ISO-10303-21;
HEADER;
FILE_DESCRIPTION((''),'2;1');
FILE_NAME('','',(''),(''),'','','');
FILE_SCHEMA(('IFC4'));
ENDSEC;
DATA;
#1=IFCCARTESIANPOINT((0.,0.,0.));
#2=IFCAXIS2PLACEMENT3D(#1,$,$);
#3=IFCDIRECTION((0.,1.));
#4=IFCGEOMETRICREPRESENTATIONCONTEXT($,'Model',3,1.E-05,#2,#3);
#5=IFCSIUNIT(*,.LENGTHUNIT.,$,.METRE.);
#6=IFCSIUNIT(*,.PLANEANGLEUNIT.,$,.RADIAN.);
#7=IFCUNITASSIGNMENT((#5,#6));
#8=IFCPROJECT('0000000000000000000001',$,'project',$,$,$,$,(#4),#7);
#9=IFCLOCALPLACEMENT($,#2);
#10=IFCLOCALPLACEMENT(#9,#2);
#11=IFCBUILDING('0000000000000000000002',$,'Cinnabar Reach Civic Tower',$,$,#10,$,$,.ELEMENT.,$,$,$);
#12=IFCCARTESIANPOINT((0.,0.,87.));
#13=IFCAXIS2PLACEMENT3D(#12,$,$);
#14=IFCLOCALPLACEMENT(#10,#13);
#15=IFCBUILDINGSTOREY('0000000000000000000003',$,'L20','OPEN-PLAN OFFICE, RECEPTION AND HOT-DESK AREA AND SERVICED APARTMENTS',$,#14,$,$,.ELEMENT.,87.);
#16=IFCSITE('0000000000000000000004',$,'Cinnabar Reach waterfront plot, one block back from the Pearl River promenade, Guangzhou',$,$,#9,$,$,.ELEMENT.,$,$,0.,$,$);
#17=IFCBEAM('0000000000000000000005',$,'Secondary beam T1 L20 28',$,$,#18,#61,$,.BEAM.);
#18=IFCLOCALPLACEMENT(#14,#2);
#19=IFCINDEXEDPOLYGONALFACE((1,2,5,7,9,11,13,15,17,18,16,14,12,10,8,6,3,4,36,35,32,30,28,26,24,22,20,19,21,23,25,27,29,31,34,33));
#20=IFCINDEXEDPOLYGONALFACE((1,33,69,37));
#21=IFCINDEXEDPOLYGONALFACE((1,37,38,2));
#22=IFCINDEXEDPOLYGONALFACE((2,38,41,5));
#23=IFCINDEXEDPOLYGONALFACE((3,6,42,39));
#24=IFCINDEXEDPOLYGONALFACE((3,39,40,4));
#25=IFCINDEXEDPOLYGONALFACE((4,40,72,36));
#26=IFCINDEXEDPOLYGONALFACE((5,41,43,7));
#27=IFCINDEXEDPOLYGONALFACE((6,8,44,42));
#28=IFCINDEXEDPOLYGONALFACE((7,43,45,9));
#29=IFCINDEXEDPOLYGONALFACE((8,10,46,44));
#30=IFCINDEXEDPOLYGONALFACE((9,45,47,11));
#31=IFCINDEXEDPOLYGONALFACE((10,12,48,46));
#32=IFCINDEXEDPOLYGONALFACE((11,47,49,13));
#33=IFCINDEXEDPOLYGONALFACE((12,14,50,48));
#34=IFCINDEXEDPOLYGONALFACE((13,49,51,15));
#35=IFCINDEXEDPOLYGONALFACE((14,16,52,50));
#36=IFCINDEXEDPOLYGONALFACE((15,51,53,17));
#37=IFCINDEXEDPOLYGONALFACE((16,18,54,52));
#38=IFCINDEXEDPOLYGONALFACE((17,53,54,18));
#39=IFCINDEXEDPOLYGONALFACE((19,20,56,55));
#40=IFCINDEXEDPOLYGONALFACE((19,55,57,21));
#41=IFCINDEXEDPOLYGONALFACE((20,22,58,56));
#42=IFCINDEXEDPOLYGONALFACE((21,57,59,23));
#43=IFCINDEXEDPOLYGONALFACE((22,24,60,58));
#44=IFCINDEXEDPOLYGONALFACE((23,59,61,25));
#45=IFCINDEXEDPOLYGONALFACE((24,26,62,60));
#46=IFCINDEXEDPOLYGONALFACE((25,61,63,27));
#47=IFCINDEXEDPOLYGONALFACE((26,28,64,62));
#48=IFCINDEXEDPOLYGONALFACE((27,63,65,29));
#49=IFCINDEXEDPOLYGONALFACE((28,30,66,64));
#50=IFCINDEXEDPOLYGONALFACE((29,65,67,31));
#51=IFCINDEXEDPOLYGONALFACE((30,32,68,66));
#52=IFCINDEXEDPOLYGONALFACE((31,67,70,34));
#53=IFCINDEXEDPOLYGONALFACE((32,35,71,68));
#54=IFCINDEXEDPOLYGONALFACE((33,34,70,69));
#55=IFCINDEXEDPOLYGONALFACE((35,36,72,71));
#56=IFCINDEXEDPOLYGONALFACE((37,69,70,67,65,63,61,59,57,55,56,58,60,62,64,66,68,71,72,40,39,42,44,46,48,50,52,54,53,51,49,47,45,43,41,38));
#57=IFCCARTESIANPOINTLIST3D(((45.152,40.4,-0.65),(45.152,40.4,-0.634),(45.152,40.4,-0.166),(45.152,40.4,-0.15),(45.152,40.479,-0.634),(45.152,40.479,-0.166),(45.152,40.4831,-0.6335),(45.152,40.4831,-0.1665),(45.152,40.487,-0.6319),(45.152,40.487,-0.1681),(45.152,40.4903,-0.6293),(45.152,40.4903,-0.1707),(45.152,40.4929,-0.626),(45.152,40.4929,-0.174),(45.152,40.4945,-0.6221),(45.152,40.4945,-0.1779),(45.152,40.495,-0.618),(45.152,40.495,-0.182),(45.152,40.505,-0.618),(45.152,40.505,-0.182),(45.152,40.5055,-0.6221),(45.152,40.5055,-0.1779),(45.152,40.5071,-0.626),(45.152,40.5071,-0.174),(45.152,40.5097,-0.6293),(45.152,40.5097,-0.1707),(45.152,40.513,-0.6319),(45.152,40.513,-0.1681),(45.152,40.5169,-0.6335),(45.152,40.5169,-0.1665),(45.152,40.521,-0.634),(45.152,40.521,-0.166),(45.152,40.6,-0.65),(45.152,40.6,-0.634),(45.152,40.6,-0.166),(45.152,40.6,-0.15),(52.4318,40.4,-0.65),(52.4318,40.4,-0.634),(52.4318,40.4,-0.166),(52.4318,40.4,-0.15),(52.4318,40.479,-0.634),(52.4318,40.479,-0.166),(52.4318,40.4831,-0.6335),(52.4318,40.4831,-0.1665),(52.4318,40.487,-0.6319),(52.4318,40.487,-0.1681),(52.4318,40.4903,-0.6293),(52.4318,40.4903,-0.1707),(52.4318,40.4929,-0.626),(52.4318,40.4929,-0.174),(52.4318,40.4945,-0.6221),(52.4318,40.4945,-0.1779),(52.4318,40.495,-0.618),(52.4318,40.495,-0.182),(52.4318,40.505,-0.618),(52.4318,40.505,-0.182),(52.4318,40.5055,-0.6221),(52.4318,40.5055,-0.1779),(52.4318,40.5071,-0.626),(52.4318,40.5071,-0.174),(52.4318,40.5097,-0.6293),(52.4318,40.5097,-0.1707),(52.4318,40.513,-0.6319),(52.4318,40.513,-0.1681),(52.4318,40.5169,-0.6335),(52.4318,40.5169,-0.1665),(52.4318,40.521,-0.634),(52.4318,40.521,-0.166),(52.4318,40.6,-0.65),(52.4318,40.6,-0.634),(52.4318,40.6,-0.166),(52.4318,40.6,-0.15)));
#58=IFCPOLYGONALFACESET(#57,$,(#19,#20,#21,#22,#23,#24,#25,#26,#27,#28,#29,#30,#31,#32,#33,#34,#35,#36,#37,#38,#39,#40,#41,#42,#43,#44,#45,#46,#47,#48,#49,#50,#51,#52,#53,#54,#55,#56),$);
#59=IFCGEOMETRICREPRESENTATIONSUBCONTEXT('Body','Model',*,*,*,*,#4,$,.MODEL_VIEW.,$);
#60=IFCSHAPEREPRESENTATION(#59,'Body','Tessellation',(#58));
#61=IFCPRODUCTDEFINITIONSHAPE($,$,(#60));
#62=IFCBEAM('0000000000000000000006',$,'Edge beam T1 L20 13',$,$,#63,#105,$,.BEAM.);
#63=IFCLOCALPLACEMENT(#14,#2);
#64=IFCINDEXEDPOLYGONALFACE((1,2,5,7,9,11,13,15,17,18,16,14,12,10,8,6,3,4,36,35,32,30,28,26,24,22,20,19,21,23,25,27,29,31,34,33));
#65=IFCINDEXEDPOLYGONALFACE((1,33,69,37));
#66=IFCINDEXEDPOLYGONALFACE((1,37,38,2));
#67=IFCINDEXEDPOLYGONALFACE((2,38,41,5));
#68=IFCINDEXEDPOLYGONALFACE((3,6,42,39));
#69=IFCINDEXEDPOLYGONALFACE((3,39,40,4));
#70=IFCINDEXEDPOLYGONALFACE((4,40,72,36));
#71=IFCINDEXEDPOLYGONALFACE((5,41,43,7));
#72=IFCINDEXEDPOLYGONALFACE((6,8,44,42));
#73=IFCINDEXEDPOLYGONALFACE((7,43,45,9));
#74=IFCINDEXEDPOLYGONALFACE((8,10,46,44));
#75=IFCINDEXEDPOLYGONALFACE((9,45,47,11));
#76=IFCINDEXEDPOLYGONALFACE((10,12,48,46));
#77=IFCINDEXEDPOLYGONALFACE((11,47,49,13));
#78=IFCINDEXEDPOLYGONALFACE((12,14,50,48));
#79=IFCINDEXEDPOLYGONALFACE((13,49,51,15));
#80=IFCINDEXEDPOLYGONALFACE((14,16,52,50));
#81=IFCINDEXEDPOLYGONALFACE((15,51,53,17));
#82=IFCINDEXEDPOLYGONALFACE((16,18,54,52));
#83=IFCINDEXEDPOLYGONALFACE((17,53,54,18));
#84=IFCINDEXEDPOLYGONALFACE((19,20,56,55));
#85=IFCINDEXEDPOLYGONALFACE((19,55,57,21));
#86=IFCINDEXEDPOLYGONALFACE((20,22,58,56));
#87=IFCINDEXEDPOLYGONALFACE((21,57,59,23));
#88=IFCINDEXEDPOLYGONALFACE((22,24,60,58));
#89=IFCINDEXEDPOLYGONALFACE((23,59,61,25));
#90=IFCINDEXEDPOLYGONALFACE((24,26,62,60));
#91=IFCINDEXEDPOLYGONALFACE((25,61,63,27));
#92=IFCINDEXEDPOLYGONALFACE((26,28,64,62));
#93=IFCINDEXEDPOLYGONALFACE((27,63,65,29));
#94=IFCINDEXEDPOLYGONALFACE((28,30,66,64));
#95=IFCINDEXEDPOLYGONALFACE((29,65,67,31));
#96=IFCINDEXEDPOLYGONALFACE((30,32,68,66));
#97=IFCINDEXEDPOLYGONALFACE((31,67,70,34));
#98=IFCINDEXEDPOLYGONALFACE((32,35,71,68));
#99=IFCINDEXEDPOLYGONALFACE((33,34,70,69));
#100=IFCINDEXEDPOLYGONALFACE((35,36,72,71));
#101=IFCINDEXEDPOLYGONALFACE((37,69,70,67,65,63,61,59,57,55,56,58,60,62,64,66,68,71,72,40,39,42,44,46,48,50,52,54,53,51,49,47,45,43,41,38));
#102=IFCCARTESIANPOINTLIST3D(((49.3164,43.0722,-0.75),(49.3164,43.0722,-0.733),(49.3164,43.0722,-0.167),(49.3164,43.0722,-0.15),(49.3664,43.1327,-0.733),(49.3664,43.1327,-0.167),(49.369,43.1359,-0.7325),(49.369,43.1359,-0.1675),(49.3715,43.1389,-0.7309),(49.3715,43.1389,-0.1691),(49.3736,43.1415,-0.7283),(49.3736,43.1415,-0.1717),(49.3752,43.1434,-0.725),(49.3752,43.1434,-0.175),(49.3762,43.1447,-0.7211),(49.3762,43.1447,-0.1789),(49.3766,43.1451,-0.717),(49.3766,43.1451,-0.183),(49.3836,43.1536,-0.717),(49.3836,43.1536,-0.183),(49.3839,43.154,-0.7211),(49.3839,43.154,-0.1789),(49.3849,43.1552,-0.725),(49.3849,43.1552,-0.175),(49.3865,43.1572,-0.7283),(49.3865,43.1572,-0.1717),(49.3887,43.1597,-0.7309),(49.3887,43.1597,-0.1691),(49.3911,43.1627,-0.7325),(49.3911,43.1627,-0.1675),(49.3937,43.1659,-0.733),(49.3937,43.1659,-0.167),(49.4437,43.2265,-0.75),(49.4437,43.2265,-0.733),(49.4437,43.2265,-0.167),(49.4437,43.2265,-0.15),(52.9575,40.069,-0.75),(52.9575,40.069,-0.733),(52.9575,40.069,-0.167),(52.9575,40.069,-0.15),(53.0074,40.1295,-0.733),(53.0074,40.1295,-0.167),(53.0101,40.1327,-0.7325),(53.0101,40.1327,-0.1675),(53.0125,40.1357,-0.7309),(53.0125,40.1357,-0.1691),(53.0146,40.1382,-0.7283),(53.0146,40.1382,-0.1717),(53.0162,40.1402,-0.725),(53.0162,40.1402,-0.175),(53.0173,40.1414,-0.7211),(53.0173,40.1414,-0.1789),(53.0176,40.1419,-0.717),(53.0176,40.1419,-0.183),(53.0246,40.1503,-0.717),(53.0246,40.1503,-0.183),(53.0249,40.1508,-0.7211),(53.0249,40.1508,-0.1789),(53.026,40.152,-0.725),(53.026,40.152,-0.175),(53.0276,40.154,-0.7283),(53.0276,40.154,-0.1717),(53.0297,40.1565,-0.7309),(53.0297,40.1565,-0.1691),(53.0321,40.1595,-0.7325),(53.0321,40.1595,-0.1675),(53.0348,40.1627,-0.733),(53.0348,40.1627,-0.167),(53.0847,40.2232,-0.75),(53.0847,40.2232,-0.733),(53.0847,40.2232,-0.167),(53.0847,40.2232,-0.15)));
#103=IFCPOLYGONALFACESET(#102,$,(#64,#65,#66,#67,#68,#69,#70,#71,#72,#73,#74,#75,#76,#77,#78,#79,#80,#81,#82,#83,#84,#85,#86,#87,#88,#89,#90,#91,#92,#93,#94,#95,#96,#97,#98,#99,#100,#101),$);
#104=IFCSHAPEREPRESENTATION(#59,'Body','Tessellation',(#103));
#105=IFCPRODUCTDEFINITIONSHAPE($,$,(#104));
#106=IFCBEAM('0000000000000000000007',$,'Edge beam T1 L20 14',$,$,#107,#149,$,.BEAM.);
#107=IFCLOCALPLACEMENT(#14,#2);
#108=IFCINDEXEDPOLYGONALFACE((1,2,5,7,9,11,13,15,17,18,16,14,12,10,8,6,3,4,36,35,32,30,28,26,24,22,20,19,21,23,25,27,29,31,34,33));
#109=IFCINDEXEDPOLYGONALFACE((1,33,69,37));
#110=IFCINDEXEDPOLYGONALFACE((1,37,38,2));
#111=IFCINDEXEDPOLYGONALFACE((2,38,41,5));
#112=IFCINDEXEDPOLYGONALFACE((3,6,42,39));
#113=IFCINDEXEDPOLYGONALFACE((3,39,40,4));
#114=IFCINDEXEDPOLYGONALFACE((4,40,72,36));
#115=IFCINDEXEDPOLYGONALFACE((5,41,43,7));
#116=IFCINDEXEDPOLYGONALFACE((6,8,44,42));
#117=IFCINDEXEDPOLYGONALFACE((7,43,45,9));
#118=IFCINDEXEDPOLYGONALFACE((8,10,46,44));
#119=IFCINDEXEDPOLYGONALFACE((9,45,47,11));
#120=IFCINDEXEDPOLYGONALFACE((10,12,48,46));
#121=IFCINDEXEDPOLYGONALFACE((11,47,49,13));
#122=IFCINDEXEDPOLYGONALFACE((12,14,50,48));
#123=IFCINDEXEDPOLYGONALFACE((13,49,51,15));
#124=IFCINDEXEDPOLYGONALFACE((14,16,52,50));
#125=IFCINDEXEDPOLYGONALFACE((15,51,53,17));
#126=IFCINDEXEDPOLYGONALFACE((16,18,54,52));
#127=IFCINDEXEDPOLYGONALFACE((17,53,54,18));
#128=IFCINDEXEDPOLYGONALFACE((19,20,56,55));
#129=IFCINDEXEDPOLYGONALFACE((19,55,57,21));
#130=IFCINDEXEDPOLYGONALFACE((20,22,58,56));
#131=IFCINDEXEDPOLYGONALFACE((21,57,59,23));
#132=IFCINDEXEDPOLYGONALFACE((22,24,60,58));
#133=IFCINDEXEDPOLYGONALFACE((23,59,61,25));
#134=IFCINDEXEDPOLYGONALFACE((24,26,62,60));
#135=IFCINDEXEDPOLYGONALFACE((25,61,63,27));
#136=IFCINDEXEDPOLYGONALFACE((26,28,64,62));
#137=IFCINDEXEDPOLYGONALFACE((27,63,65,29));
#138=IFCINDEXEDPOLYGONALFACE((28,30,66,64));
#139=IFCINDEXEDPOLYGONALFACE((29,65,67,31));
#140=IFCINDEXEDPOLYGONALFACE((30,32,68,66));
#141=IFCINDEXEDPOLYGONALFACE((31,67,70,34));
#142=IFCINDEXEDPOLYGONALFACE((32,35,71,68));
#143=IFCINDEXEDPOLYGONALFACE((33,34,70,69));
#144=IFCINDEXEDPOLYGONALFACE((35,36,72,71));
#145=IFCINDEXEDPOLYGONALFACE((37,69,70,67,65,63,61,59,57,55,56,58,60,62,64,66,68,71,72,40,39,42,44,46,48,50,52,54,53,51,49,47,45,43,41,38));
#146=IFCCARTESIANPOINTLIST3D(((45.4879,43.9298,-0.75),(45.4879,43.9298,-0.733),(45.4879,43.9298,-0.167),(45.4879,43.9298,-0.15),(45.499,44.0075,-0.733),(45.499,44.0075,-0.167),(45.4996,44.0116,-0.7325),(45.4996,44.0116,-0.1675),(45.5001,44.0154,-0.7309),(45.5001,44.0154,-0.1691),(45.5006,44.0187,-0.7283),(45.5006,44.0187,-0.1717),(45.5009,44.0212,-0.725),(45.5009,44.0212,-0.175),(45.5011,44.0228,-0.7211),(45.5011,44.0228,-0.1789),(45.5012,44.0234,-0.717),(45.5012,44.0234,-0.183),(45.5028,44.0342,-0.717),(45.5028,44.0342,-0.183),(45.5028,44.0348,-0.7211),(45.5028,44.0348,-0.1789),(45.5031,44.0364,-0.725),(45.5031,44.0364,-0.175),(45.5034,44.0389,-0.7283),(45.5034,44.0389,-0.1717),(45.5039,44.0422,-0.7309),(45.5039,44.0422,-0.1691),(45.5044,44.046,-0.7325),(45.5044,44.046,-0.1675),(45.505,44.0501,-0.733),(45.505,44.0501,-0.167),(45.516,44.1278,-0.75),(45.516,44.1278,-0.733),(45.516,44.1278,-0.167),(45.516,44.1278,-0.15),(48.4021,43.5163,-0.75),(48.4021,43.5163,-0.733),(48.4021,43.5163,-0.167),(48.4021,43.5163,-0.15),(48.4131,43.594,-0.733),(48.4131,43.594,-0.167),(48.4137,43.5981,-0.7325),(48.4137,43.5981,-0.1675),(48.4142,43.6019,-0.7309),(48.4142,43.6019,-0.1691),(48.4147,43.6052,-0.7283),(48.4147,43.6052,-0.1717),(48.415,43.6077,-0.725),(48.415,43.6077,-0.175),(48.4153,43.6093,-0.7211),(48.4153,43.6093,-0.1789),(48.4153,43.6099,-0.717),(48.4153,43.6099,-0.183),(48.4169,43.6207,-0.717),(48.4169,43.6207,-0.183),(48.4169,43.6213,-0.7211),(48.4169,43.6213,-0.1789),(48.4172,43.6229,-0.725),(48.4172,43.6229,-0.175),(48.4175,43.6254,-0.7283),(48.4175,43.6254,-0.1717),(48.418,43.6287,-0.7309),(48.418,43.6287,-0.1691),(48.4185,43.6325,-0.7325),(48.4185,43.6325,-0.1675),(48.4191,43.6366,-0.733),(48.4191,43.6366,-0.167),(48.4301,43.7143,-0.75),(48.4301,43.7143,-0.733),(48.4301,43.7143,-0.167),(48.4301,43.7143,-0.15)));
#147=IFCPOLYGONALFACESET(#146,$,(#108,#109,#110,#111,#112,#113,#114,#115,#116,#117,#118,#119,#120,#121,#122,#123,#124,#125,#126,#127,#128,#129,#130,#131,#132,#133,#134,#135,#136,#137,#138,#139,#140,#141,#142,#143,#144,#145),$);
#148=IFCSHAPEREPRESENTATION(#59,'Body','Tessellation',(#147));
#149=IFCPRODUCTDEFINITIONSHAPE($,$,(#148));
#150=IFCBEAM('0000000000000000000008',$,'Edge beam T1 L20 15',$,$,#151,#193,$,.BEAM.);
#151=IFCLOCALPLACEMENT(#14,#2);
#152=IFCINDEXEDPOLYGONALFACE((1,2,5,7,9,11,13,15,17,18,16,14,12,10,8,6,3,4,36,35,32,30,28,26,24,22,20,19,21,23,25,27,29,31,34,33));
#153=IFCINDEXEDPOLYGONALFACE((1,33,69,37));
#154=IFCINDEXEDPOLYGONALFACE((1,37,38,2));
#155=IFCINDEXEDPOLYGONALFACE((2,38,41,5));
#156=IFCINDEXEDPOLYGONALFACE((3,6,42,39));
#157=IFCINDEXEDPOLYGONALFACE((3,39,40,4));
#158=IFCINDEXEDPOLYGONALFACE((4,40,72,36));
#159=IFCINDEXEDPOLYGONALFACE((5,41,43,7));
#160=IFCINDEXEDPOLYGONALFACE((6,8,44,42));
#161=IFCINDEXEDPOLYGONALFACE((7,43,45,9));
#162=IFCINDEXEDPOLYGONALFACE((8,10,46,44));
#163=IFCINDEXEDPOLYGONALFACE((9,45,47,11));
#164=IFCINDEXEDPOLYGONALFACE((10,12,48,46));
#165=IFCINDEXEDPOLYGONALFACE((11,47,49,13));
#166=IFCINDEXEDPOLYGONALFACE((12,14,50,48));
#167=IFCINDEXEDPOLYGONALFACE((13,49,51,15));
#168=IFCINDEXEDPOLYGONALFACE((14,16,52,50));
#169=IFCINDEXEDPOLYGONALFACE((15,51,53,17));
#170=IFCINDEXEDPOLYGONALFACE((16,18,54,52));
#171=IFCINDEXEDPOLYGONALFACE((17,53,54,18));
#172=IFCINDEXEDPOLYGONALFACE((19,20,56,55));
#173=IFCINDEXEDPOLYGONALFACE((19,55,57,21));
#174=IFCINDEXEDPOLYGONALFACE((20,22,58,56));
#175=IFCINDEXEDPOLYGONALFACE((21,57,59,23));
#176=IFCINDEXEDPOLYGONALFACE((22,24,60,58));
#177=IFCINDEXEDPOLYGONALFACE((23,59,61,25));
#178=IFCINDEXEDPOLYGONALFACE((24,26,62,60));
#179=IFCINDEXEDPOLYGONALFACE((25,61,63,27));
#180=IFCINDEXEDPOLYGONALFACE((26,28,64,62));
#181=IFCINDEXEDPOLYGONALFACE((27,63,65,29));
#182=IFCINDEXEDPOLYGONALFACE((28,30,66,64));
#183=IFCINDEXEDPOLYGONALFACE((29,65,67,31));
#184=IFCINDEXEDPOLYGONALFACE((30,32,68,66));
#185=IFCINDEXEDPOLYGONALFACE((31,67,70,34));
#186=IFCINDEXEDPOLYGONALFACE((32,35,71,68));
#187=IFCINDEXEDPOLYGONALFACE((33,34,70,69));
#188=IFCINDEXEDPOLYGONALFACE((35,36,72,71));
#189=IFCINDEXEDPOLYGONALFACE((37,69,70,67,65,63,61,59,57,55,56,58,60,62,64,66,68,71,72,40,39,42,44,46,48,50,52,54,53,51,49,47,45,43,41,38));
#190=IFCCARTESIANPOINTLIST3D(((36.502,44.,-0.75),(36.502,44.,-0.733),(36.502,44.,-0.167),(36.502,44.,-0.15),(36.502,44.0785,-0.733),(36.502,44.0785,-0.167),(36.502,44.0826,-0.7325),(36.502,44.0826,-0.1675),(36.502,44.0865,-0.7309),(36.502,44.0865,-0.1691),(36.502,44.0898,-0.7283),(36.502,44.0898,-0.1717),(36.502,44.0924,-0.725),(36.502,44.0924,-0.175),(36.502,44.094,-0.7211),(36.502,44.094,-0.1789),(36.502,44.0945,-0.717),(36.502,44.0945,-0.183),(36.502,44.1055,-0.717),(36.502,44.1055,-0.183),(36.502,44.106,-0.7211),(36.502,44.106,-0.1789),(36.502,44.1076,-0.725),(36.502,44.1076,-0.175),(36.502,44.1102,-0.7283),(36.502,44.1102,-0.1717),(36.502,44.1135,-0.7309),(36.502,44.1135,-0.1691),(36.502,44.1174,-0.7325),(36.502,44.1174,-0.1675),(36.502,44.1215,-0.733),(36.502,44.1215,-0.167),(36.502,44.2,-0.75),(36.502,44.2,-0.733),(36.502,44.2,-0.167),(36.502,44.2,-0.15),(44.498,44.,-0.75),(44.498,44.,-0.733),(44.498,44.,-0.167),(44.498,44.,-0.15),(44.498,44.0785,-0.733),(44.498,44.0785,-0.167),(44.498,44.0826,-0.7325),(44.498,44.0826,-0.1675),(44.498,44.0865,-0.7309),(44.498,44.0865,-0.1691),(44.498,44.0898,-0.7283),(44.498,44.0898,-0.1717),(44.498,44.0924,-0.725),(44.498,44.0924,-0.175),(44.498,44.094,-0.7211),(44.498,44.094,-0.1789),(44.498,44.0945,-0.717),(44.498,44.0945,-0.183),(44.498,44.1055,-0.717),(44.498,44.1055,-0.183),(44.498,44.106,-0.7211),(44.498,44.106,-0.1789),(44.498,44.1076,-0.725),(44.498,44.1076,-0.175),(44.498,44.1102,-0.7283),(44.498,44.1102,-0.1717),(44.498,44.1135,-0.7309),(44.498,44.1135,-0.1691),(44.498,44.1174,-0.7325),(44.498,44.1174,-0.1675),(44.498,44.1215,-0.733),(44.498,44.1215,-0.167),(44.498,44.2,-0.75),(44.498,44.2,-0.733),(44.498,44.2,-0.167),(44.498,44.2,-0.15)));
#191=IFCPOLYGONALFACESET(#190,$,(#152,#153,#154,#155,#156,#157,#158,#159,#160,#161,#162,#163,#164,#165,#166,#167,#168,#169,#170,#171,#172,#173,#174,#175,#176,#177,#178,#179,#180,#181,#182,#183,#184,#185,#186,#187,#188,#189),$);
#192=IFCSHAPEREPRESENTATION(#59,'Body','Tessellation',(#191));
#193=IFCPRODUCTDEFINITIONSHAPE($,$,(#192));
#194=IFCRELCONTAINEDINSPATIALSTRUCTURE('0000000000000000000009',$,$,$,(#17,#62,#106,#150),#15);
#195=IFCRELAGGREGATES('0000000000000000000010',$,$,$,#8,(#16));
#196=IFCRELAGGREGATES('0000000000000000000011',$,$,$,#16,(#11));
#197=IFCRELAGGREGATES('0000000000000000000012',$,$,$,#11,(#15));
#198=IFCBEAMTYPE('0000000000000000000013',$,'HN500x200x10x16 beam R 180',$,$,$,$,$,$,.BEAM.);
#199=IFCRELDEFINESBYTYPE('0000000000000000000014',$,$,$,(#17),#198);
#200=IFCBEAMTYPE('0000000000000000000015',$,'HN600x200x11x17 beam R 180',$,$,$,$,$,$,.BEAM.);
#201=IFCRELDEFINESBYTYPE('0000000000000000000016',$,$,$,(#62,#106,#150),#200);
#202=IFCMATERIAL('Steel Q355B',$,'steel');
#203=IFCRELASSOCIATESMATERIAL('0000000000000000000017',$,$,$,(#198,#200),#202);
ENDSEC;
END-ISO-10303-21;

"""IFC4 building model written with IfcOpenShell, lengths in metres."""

from ifc_helpers import new_model, si_unit, direction, frame, origin, origin_2d, place, context, subcontext, project, spatial, i_section, extrude, material, material_profile, profile_set, type_object, element, save


model = new_model("IFC4")

# Units and contexts
model_context = context("Model", 3, precision=1e-05, world=origin(), true_north=direction((0.0, 1.0)))
body_context = subcontext(model_context, "Body", "Model", "MODEL_VIEW")
ifc_project = project(units=[si_unit("LENGTHUNIT", "METRE"), si_unit("PLANEANGLEUNIT", "RADIAN")], contexts=[model_context])

# Site, building, storey
site_placement = place(None, origin())
site = spatial("IfcSite", under=ifc_project, at=site_placement, Name="Cinnabar Reach waterfront plot, one block back from the Pearl River promenade, Guangzhou", CompositionType="ELEMENT", RefElevation=0.0)
building_placement = place(site_placement, origin())
building = spatial("IfcBuilding", under=site, at=building_placement, Name="Cinnabar Reach Civic Tower", CompositionType="ELEMENT")
storey_placement = place(building_placement, frame((0.0, 0.0, 87.0)))
storey = spatial("IfcBuildingStorey", under=building, at=storey_placement, Name="L20", Description="OPEN-PLAN OFFICE, RECEPTION AND HOT-DESK AREA AND SERVICED APARTMENTS", CompositionType="ELEMENT", Elevation=87.0)

# Beams
ifc_material_1 = material(Name="Steel Q355B", Category="steel")
ifc_material_profile_1 = material_profile(ifc_material_1, i_section(OverallWidth=0.2, OverallDepth=0.5, WebThickness=0.01, FlangeThickness=0.016, FilletRadius=0.016, at=origin_2d()), Name="HN500x200x10x16")
ifc_profile_set_1 = profile_set([ifc_material_profile_1], Name="Steel Q355B")
beam_type_1 = type_object("IfcBeamType", Name="HN500x200x10x16 beam R 180", PredefinedType="BEAM", material=ifc_profile_set_1)
beam_1_placement = place(storey_placement, frame((45.152, 40.5, -0.4), z_axis=(1.0, 0.0, 0.0), x_axis=(0.0, 1.0, 0.0)))
element("IfcBeam", 1, at=beam_1_placement, inside=storey, type_object=beam_type_1, Name="Secondary beam T1 L20 28", PredefinedType="BEAM", context=body_context, shape_type="SweptSolid", body=[
    extrude(i_section(OverallWidth=0.2, OverallDepth=0.5, WebThickness=0.01, FlangeThickness=0.016, FilletRadius=0.016, at=origin_2d()), origin(), (0.0, 0.0, 1.0), 7.2798),
])
ifc_material_profile_2 = material_profile(ifc_material_1, i_section(OverallWidth=0.2, OverallDepth=0.6, WebThickness=0.011, FlangeThickness=0.017, FilletRadius=0.016, at=origin_2d()), Name="HN600x200x11x17")
ifc_profile_set_2 = profile_set([ifc_material_profile_2], Name="Steel Q355B")
beam_type_2 = type_object("IfcBeamType", Name="HN600x200x11x17 beam R 180", PredefinedType="BEAM", material=ifc_profile_set_2)
beam_2_placement = place(storey_placement, frame((53.0211, 40.1461, -0.45), z_axis=(-0.771438, 0.636304, 0.0), x_axis=(-0.636304, -0.771438, 0.0)))
element("IfcBeam", 2, at=beam_2_placement, inside=storey, type_object=beam_type_2, Name="Edge beam T1 L20 13", PredefinedType="BEAM", context=body_context, shape_type="SweptSolid", body=[
    extrude(i_section(OverallWidth=0.2, OverallDepth=0.6, WebThickness=0.011, FlangeThickness=0.017, FilletRadius=0.016, at=origin_2d()), origin(), (0.0, 0.0, 1.0), 4.7198),
])
beam_3_placement = place(storey_placement, frame((48.4161, 43.6153, -0.45), z_axis=(-0.990082, 0.140489, 0.0), x_axis=(-0.140489, -0.990082, 0.0)))
element("IfcBeam", 3, at=beam_3_placement, inside=storey, type_object=beam_type_2, Name="Edge beam T1 L20 14", PredefinedType="BEAM", context=body_context, shape_type="SweptSolid", body=[
    extrude(i_section(OverallWidth=0.2, OverallDepth=0.6, WebThickness=0.011, FlangeThickness=0.017, FilletRadius=0.016, at=origin_2d()), origin(), (0.0, 0.0, 1.0), 2.9433),
])
beam_4_placement = place(storey_placement, frame((44.498, 44.1, -0.45), z_axis=(-1.0, 0.0, 0.0), x_axis=(0.0, -1.0, 0.0)))
element("IfcBeam", 4, at=beam_4_placement, inside=storey, type_object=beam_type_2, Name="Edge beam T1 L20 15", PredefinedType="BEAM", context=body_context, shape_type="SweptSolid", body=[
    extrude(i_section(OverallWidth=0.2, OverallDepth=0.6, WebThickness=0.011, FlangeThickness=0.017, FilletRadius=0.016, at=origin_2d()), origin(), (0.0, 0.0, 1.0), 7.996),
])

save(model, "model.ifc")
